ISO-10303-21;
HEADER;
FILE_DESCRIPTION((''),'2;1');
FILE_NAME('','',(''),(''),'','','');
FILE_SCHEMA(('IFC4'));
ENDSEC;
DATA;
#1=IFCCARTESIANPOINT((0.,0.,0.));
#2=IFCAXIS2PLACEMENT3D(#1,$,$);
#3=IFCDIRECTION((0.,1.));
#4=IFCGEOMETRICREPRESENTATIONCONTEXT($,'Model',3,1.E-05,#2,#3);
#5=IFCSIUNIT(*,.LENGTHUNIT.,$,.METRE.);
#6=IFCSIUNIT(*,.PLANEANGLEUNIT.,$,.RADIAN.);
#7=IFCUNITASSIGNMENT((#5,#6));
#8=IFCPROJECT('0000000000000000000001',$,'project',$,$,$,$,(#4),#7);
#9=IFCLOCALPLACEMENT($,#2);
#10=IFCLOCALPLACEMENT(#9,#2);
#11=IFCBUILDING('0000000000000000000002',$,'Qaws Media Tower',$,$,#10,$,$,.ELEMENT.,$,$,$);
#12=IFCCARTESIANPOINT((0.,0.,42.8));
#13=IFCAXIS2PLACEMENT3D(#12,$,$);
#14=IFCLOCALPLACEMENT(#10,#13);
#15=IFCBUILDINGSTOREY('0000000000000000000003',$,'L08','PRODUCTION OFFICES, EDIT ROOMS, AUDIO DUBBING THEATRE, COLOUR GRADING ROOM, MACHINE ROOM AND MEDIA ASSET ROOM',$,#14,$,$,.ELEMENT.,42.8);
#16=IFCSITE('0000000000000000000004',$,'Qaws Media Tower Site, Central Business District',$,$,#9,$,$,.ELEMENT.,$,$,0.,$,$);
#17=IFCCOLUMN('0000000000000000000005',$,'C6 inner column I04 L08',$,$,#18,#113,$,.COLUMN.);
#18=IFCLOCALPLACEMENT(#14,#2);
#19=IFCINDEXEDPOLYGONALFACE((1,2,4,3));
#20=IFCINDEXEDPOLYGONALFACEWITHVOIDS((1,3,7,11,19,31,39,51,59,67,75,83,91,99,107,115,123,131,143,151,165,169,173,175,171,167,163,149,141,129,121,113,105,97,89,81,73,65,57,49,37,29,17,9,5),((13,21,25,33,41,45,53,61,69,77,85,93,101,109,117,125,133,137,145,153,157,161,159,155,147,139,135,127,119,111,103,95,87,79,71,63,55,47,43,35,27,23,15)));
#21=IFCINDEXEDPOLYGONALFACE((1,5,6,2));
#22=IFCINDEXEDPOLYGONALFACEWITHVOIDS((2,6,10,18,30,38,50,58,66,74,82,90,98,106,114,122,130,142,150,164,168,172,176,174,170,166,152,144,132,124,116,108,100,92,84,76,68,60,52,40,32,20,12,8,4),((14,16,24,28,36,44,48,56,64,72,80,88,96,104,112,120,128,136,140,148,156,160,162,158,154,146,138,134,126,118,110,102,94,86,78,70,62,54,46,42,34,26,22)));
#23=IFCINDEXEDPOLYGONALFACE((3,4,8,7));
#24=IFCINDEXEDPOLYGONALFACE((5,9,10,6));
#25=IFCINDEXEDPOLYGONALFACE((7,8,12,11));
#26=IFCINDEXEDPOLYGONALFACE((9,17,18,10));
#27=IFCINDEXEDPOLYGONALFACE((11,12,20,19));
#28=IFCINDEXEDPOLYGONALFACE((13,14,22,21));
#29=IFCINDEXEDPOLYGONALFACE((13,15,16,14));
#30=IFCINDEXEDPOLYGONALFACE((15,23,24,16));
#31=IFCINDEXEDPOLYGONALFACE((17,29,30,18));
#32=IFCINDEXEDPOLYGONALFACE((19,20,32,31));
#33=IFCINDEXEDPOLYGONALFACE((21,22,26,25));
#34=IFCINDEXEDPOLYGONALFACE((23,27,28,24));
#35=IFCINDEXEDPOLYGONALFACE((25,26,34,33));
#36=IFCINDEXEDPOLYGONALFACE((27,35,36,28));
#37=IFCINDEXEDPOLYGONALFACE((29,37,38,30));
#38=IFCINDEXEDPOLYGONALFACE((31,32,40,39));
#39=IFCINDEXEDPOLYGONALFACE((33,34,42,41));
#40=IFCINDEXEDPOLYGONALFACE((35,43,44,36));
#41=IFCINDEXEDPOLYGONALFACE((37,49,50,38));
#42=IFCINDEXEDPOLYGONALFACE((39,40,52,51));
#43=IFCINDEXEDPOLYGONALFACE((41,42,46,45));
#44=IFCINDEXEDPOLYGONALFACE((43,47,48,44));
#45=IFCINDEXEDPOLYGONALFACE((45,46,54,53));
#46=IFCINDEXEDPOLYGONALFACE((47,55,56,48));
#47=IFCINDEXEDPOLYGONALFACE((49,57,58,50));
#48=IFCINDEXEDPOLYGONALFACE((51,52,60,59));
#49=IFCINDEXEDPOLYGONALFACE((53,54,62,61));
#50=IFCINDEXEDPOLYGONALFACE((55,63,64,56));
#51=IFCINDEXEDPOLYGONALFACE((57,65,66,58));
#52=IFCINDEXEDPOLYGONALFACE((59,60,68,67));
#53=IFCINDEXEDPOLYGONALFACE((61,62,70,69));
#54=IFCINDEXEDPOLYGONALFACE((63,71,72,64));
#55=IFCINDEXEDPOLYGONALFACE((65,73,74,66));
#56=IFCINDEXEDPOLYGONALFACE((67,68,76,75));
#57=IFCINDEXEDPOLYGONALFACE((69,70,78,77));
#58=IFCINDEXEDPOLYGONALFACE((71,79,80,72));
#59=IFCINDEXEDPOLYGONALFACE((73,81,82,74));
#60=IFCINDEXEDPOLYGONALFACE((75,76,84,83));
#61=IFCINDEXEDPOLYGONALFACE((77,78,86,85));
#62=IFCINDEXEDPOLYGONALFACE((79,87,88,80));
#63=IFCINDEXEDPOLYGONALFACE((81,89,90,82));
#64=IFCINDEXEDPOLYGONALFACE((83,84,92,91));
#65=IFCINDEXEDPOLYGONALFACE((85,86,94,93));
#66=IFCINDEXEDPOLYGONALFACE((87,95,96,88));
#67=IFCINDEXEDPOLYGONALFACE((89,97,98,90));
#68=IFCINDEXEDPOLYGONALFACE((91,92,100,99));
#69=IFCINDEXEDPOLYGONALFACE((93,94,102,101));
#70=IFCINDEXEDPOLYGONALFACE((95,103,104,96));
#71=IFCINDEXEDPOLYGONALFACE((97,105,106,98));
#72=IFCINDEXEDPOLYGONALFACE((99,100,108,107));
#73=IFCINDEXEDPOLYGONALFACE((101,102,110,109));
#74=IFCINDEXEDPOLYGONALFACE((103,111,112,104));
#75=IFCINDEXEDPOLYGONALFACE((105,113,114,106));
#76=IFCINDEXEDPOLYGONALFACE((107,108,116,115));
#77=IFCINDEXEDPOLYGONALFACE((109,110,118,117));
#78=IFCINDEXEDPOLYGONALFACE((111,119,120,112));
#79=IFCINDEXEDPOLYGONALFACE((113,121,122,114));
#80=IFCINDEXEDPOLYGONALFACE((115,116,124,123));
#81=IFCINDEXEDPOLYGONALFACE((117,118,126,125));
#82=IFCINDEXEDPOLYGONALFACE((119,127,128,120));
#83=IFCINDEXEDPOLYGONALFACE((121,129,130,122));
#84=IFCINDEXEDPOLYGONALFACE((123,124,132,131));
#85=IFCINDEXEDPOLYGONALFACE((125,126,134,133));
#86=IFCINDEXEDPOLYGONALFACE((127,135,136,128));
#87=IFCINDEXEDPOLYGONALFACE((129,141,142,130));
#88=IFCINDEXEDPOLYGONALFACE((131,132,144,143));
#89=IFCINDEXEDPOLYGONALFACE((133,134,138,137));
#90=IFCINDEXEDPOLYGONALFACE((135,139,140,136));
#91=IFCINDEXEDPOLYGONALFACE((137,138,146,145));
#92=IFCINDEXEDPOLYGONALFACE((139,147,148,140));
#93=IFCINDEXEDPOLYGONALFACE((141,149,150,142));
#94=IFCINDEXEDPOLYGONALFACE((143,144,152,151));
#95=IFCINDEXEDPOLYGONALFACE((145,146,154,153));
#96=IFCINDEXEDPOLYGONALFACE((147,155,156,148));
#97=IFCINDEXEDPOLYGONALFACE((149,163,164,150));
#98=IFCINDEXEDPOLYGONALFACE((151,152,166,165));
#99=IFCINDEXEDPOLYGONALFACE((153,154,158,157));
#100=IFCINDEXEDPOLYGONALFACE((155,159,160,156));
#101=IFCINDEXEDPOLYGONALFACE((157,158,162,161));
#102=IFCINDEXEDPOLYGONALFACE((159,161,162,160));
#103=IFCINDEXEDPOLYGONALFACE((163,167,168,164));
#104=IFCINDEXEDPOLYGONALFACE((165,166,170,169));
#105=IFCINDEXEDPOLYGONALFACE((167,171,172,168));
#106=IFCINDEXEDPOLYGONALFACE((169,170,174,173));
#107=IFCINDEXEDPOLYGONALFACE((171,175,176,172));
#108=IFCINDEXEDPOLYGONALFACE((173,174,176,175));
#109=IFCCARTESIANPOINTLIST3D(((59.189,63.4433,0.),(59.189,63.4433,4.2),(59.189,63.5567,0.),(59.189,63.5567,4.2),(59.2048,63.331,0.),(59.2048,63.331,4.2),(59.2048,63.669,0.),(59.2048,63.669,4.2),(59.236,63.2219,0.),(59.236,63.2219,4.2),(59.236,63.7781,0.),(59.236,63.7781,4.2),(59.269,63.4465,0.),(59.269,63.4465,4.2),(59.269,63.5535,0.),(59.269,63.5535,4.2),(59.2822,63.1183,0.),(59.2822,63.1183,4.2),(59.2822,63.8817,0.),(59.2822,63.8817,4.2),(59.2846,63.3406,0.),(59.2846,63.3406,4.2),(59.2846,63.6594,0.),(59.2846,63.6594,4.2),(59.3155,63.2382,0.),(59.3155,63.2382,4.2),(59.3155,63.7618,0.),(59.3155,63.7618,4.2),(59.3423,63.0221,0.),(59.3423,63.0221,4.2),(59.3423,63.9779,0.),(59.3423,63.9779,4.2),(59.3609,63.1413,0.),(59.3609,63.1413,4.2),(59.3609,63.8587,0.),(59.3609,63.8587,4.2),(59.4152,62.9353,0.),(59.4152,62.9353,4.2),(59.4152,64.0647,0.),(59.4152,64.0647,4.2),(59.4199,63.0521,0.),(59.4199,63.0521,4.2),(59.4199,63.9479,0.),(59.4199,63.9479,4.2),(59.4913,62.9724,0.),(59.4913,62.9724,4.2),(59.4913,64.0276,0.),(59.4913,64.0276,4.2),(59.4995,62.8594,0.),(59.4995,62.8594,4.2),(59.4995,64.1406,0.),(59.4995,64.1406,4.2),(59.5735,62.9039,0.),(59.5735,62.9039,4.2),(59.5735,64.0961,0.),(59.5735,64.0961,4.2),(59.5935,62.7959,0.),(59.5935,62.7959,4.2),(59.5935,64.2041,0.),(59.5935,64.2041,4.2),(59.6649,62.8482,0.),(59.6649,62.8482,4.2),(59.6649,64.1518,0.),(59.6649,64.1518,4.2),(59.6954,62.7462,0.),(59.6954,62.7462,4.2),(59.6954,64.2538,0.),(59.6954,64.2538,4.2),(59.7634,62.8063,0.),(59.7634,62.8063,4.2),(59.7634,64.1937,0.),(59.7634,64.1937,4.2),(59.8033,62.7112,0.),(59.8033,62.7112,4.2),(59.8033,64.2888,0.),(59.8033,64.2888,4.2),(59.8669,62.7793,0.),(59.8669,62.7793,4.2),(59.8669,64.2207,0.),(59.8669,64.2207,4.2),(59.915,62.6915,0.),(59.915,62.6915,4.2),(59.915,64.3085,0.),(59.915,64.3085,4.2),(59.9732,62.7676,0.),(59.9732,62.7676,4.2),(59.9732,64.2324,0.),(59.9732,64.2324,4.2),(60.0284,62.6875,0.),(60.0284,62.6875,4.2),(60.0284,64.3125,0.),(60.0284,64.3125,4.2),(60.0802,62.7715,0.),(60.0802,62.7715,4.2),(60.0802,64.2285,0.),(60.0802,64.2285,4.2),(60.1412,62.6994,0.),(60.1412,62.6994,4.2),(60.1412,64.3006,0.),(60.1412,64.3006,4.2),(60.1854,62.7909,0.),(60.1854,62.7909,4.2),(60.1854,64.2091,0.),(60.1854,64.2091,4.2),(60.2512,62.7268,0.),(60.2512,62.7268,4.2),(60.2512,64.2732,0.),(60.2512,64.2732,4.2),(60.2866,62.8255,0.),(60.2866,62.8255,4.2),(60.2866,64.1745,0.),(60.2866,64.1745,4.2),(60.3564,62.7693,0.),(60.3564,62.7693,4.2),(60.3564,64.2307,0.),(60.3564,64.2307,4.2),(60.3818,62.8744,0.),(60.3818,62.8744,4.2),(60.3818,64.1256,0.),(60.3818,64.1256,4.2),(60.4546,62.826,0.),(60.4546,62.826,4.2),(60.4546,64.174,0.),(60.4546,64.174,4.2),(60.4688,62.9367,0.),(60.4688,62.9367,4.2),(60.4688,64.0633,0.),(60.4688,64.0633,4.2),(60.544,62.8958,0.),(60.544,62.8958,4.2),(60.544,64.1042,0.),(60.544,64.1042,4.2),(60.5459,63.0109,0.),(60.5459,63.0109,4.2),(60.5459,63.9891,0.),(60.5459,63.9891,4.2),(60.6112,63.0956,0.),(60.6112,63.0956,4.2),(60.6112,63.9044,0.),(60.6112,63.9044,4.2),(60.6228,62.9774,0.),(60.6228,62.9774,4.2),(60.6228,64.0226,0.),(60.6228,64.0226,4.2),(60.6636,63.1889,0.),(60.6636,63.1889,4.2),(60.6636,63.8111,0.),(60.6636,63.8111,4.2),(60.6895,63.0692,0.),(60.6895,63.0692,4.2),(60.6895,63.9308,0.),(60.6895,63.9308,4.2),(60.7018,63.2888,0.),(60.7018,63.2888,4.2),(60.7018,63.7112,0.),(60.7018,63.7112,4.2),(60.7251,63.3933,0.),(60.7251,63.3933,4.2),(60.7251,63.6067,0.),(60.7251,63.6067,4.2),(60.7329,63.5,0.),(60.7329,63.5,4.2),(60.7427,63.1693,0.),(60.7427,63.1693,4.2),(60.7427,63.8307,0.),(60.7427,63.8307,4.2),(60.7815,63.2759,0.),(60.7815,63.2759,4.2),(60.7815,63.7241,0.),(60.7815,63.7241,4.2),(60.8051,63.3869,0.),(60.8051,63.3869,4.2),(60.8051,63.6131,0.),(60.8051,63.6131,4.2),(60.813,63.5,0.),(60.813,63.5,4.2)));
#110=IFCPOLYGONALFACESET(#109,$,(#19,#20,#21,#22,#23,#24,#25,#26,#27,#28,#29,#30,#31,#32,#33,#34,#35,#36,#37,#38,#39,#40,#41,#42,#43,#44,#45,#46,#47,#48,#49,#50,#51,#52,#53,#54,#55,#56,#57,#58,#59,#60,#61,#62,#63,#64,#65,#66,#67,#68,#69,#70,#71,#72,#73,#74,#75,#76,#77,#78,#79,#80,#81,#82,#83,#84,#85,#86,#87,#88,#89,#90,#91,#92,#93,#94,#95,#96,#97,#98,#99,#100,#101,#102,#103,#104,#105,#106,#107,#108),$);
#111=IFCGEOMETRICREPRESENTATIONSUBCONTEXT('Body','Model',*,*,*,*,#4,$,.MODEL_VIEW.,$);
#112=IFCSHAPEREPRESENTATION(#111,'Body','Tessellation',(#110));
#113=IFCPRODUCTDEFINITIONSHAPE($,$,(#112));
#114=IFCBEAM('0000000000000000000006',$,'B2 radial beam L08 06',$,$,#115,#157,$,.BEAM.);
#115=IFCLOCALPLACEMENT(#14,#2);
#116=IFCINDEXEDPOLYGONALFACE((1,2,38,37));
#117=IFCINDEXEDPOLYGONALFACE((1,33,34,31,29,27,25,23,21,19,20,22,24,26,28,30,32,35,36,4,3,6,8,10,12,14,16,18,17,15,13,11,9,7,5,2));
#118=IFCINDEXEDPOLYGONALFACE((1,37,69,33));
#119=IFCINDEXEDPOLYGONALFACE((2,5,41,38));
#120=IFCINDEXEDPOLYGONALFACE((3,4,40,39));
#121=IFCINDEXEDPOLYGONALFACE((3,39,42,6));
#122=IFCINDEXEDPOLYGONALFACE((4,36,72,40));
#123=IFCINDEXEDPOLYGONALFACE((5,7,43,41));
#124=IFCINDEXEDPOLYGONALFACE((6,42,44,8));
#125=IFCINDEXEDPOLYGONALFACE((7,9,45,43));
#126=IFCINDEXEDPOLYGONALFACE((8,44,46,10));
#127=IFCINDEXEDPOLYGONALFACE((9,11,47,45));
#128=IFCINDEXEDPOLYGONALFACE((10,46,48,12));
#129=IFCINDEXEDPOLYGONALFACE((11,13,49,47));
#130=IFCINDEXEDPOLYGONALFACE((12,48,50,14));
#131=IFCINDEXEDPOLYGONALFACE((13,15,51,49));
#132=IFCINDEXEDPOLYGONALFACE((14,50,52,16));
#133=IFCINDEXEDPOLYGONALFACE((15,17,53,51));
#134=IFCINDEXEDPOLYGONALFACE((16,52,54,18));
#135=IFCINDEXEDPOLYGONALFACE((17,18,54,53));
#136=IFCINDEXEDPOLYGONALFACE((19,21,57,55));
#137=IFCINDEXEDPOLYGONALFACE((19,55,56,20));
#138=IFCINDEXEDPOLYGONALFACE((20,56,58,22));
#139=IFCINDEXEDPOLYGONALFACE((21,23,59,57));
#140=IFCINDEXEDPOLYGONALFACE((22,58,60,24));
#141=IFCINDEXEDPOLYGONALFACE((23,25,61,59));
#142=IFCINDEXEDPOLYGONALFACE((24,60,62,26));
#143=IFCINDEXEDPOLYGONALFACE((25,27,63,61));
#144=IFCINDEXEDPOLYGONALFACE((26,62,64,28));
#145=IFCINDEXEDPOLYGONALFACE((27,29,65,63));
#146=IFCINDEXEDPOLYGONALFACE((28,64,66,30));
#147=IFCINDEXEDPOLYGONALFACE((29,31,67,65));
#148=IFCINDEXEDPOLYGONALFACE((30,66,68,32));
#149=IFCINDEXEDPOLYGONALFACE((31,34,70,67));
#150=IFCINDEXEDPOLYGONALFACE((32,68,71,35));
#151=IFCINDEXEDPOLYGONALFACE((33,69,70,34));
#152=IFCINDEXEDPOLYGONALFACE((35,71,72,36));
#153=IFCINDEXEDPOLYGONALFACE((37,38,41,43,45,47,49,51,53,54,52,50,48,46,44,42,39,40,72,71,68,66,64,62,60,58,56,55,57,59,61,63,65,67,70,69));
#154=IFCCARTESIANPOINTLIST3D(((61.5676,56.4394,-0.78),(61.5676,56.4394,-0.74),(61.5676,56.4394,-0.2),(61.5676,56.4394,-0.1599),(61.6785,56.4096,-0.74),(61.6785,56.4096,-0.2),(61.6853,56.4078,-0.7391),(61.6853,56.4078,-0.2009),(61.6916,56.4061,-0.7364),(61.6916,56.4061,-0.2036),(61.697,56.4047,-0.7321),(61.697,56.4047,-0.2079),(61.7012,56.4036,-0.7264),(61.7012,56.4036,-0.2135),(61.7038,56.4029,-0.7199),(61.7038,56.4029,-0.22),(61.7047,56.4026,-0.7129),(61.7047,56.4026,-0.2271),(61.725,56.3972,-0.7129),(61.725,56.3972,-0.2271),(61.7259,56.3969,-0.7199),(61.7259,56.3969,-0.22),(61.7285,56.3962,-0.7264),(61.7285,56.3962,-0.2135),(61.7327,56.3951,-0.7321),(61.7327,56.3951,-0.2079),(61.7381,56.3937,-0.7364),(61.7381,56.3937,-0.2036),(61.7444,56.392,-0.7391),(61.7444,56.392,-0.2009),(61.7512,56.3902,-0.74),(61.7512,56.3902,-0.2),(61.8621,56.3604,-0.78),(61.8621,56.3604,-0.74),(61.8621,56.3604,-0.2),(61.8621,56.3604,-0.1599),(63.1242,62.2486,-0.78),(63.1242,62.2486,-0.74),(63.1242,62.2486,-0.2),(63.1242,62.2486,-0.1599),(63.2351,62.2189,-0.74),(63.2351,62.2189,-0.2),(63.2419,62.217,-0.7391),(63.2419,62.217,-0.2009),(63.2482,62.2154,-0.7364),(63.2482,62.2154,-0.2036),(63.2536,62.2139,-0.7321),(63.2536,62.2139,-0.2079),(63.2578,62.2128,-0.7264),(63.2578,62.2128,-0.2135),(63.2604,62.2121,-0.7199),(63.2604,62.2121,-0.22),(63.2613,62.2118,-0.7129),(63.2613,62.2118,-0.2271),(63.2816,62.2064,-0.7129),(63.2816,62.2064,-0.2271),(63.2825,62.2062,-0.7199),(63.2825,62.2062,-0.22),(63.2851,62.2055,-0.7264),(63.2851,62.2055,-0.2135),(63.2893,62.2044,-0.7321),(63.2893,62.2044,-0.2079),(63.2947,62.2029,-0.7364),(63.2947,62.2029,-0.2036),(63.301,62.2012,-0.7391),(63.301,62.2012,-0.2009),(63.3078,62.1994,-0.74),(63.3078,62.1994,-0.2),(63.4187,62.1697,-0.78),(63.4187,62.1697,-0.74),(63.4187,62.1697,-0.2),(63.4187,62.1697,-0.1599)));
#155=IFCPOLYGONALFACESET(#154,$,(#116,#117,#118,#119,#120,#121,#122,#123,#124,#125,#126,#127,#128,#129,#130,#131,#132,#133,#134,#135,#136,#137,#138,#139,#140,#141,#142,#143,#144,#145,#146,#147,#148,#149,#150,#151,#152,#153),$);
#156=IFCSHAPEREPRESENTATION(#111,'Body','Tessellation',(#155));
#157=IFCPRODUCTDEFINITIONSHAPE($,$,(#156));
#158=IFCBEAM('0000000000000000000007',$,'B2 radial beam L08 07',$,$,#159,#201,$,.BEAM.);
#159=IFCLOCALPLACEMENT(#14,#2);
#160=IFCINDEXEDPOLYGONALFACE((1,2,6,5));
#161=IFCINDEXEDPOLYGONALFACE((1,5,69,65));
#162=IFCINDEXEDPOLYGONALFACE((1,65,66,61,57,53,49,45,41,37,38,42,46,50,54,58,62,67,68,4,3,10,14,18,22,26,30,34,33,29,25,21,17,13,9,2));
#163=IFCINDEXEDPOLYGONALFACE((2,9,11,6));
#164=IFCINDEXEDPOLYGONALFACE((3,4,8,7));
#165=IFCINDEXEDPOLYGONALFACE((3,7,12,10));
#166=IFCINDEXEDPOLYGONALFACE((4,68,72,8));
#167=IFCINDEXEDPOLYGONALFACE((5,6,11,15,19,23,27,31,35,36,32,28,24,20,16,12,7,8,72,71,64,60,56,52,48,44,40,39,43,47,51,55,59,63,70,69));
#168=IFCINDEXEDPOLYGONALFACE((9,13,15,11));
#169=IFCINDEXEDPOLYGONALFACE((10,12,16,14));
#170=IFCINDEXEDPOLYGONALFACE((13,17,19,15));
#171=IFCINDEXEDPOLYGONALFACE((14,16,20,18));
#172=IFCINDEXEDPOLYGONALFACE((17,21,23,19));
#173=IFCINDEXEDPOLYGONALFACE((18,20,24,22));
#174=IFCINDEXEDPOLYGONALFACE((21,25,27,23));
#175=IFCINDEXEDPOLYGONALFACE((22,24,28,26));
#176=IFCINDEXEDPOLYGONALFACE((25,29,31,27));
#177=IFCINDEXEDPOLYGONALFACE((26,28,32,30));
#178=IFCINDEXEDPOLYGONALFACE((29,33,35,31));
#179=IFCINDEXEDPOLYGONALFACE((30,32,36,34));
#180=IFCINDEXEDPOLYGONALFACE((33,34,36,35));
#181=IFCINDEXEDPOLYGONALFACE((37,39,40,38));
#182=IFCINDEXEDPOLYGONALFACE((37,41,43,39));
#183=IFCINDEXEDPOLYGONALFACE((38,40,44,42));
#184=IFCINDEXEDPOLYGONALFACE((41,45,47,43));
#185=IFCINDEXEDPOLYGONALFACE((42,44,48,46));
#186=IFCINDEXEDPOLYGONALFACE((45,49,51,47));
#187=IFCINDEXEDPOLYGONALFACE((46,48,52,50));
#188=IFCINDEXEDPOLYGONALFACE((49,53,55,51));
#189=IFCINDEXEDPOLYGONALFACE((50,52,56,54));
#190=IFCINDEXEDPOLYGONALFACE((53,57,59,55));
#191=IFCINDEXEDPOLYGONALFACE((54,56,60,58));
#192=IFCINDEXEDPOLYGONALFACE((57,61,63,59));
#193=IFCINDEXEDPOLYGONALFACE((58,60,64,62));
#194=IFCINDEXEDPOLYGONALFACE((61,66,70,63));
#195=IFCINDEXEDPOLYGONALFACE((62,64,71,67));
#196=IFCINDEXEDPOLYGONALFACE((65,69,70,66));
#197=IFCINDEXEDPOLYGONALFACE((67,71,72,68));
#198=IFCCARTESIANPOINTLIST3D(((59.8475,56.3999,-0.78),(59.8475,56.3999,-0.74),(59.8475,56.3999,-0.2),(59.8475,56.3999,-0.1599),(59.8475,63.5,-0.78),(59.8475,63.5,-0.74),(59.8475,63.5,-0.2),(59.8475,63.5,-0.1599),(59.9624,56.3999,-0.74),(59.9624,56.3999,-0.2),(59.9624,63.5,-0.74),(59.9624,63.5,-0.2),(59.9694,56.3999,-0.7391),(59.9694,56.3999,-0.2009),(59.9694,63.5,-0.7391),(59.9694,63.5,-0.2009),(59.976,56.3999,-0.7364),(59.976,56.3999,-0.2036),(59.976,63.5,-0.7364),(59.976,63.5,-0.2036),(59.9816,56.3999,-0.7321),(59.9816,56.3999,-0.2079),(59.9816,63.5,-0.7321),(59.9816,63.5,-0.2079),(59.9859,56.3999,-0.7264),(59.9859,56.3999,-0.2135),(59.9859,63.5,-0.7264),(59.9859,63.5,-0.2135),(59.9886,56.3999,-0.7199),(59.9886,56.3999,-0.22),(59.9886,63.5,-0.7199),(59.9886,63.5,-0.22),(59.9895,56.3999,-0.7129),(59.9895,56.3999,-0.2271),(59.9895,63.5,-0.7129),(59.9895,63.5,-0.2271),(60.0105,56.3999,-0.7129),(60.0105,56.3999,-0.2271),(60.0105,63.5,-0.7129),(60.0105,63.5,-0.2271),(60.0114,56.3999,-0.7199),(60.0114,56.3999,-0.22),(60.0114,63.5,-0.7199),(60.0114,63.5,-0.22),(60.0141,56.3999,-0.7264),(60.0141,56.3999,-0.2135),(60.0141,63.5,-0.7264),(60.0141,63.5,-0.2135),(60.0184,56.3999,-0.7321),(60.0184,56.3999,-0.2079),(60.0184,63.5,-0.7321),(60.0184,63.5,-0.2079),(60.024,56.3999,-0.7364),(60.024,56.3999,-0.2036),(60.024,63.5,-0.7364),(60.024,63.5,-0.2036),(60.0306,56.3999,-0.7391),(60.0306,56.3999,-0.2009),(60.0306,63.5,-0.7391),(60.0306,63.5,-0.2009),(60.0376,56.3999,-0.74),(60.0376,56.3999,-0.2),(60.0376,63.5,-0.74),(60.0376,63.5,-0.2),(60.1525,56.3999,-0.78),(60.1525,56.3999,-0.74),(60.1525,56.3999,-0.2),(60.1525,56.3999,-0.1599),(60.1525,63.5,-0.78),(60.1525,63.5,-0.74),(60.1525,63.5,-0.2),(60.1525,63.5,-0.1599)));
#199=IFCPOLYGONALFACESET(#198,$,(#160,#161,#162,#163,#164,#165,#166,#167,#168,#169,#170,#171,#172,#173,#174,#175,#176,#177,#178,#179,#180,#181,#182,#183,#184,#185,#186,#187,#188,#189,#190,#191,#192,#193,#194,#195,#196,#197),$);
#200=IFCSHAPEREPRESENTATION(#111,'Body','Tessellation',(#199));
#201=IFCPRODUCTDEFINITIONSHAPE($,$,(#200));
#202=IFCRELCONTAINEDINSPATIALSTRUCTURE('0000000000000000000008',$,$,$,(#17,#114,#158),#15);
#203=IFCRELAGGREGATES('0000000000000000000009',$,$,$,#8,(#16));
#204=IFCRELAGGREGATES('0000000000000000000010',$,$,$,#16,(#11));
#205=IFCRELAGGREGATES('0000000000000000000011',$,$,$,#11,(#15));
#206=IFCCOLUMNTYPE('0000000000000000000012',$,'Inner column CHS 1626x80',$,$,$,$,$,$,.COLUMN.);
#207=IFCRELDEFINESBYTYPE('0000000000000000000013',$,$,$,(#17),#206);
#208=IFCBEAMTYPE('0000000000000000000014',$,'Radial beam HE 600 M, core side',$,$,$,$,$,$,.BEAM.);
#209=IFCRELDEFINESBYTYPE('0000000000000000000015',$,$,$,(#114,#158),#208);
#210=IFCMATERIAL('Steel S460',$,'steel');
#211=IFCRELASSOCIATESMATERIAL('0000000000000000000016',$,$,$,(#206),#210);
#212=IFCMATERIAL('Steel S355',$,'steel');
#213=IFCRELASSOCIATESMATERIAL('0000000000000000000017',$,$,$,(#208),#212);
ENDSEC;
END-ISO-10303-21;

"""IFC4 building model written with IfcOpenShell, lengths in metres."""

from ifc_helpers import new_model, si_unit, direction, frame, origin, origin_2d, place, context, subcontext, project, spatial, hollow_circle, i_section, extrude, material, material_profile, profile_set, type_object, element, save


model = new_model("IFC4")

# Units and contexts
model_context = context("Model", 3, precision=1e-05, world=origin(), true_north=direction((0.0, 1.0)))
body_context = subcontext(model_context, "Body", "Model", "MODEL_VIEW")
ifc_project = project(units=[si_unit("LENGTHUNIT", "METRE"), si_unit("PLANEANGLEUNIT", "RADIAN")], contexts=[model_context])

# Site, building, storey
site_placement = place(None, origin())
site = spatial("IfcSite", under=ifc_project, at=site_placement, Name="Qaws Media Tower Site, Central Business District", CompositionType="ELEMENT", RefElevation=0.0)
building_placement = place(site_placement, origin())
building = spatial("IfcBuilding", under=site, at=building_placement, Name="Qaws Media Tower", CompositionType="ELEMENT")
storey_placement = place(building_placement, frame((0.0, 0.0, 42.8)))
storey = spatial("IfcBuildingStorey", under=building, at=storey_placement, Name="L08", Description="PRODUCTION OFFICES, EDIT ROOMS, AUDIO DUBBING THEATRE, COLOUR GRADING ROOM, MACHINE ROOM AND MEDIA ASSET ROOM", CompositionType="ELEMENT", Elevation=42.8)

# Column
ifc_material_1 = material(Name="Steel S460", Category="steel")
ifc_material_profile_1 = material_profile(ifc_material_1, hollow_circle(Radius=0.813, WallThickness=0.0801, at=origin_2d()), Name="CHS 1626x80")
ifc_profile_set_1 = profile_set([ifc_material_profile_1], Name="Steel S460")
column_type = type_object("IfcColumnType", Name="Inner column CHS 1626x80", PredefinedType="COLUMN", material=ifc_profile_set_1)
column_placement = place(storey_placement, frame((60.0, 63.5, 0.0), z_axis=(0.0, 0.0, 1.0), x_axis=(1.0, 0.0, 0.0)))
element("IfcColumn", 1, at=column_placement, inside=storey, type_object=column_type, Name="C6 inner column I04 L08", PredefinedType="COLUMN", context=body_context, shape_type="SweptSolid", body=[
    extrude(hollow_circle(Radius=0.813, WallThickness=0.0801, at=origin_2d()), origin(), (0.0, 0.0, 1.0), 4.2),
])

# Beams
ifc_material_2 = material(Name="Steel S355", Category="steel")
ifc_material_profile_2 = material_profile(ifc_material_2, i_section(OverallWidth=0.3049, OverallDepth=0.6201, WebThickness=0.021, FlangeThickness=0.04, FilletRadius=0.0271, at=origin_2d()), Name="HE 600 M")
ifc_profile_set_2 = profile_set([ifc_material_profile_2], Name="Steel S355")
beam_type_1 = type_object("IfcBeamType", Name="Radial beam HE 600 M, core side", PredefinedType="BEAM", material=ifc_profile_set_2)
beam_1_placement = place(storey_placement, frame((61.7148, 56.3999, -0.47), z_axis=(0.258825, 0.965924, 0.0), x_axis=(-0.965924, 0.258825, 0.0)))
element("IfcBeam", 2, at=beam_1_placement, inside=storey, type_object=beam_type_1, Name="B2 radial beam L08 06", PredefinedType="BEAM", context=body_context, shape_type="SweptSolid", body=[
    extrude(i_section(OverallWidth=0.3049, OverallDepth=0.6201, WebThickness=0.021, FlangeThickness=0.04, FilletRadius=0.0271, at=origin_2d()), origin(), (0.0, 0.0, 1.0), 6.0142),
])
beam_2_placement = place(storey_placement, frame((60.0, 56.3999, -0.47), z_axis=(0.0, 1.0, 0.0), x_axis=(-1.0, 0.0, 0.0)))
element("IfcBeam", 3, at=beam_2_placement, inside=storey, type_object=beam_type_1, Name="B2 radial beam L08 07", PredefinedType="BEAM", context=body_context, shape_type="SweptSolid", body=[
    extrude(i_section(OverallWidth=0.3049, OverallDepth=0.6201, WebThickness=0.021, FlangeThickness=0.04, FilletRadius=0.0271, at=origin_2d()), origin(), (0.0, 0.0, 1.0), 7.1001),
])

save(model, "model.ifc")
